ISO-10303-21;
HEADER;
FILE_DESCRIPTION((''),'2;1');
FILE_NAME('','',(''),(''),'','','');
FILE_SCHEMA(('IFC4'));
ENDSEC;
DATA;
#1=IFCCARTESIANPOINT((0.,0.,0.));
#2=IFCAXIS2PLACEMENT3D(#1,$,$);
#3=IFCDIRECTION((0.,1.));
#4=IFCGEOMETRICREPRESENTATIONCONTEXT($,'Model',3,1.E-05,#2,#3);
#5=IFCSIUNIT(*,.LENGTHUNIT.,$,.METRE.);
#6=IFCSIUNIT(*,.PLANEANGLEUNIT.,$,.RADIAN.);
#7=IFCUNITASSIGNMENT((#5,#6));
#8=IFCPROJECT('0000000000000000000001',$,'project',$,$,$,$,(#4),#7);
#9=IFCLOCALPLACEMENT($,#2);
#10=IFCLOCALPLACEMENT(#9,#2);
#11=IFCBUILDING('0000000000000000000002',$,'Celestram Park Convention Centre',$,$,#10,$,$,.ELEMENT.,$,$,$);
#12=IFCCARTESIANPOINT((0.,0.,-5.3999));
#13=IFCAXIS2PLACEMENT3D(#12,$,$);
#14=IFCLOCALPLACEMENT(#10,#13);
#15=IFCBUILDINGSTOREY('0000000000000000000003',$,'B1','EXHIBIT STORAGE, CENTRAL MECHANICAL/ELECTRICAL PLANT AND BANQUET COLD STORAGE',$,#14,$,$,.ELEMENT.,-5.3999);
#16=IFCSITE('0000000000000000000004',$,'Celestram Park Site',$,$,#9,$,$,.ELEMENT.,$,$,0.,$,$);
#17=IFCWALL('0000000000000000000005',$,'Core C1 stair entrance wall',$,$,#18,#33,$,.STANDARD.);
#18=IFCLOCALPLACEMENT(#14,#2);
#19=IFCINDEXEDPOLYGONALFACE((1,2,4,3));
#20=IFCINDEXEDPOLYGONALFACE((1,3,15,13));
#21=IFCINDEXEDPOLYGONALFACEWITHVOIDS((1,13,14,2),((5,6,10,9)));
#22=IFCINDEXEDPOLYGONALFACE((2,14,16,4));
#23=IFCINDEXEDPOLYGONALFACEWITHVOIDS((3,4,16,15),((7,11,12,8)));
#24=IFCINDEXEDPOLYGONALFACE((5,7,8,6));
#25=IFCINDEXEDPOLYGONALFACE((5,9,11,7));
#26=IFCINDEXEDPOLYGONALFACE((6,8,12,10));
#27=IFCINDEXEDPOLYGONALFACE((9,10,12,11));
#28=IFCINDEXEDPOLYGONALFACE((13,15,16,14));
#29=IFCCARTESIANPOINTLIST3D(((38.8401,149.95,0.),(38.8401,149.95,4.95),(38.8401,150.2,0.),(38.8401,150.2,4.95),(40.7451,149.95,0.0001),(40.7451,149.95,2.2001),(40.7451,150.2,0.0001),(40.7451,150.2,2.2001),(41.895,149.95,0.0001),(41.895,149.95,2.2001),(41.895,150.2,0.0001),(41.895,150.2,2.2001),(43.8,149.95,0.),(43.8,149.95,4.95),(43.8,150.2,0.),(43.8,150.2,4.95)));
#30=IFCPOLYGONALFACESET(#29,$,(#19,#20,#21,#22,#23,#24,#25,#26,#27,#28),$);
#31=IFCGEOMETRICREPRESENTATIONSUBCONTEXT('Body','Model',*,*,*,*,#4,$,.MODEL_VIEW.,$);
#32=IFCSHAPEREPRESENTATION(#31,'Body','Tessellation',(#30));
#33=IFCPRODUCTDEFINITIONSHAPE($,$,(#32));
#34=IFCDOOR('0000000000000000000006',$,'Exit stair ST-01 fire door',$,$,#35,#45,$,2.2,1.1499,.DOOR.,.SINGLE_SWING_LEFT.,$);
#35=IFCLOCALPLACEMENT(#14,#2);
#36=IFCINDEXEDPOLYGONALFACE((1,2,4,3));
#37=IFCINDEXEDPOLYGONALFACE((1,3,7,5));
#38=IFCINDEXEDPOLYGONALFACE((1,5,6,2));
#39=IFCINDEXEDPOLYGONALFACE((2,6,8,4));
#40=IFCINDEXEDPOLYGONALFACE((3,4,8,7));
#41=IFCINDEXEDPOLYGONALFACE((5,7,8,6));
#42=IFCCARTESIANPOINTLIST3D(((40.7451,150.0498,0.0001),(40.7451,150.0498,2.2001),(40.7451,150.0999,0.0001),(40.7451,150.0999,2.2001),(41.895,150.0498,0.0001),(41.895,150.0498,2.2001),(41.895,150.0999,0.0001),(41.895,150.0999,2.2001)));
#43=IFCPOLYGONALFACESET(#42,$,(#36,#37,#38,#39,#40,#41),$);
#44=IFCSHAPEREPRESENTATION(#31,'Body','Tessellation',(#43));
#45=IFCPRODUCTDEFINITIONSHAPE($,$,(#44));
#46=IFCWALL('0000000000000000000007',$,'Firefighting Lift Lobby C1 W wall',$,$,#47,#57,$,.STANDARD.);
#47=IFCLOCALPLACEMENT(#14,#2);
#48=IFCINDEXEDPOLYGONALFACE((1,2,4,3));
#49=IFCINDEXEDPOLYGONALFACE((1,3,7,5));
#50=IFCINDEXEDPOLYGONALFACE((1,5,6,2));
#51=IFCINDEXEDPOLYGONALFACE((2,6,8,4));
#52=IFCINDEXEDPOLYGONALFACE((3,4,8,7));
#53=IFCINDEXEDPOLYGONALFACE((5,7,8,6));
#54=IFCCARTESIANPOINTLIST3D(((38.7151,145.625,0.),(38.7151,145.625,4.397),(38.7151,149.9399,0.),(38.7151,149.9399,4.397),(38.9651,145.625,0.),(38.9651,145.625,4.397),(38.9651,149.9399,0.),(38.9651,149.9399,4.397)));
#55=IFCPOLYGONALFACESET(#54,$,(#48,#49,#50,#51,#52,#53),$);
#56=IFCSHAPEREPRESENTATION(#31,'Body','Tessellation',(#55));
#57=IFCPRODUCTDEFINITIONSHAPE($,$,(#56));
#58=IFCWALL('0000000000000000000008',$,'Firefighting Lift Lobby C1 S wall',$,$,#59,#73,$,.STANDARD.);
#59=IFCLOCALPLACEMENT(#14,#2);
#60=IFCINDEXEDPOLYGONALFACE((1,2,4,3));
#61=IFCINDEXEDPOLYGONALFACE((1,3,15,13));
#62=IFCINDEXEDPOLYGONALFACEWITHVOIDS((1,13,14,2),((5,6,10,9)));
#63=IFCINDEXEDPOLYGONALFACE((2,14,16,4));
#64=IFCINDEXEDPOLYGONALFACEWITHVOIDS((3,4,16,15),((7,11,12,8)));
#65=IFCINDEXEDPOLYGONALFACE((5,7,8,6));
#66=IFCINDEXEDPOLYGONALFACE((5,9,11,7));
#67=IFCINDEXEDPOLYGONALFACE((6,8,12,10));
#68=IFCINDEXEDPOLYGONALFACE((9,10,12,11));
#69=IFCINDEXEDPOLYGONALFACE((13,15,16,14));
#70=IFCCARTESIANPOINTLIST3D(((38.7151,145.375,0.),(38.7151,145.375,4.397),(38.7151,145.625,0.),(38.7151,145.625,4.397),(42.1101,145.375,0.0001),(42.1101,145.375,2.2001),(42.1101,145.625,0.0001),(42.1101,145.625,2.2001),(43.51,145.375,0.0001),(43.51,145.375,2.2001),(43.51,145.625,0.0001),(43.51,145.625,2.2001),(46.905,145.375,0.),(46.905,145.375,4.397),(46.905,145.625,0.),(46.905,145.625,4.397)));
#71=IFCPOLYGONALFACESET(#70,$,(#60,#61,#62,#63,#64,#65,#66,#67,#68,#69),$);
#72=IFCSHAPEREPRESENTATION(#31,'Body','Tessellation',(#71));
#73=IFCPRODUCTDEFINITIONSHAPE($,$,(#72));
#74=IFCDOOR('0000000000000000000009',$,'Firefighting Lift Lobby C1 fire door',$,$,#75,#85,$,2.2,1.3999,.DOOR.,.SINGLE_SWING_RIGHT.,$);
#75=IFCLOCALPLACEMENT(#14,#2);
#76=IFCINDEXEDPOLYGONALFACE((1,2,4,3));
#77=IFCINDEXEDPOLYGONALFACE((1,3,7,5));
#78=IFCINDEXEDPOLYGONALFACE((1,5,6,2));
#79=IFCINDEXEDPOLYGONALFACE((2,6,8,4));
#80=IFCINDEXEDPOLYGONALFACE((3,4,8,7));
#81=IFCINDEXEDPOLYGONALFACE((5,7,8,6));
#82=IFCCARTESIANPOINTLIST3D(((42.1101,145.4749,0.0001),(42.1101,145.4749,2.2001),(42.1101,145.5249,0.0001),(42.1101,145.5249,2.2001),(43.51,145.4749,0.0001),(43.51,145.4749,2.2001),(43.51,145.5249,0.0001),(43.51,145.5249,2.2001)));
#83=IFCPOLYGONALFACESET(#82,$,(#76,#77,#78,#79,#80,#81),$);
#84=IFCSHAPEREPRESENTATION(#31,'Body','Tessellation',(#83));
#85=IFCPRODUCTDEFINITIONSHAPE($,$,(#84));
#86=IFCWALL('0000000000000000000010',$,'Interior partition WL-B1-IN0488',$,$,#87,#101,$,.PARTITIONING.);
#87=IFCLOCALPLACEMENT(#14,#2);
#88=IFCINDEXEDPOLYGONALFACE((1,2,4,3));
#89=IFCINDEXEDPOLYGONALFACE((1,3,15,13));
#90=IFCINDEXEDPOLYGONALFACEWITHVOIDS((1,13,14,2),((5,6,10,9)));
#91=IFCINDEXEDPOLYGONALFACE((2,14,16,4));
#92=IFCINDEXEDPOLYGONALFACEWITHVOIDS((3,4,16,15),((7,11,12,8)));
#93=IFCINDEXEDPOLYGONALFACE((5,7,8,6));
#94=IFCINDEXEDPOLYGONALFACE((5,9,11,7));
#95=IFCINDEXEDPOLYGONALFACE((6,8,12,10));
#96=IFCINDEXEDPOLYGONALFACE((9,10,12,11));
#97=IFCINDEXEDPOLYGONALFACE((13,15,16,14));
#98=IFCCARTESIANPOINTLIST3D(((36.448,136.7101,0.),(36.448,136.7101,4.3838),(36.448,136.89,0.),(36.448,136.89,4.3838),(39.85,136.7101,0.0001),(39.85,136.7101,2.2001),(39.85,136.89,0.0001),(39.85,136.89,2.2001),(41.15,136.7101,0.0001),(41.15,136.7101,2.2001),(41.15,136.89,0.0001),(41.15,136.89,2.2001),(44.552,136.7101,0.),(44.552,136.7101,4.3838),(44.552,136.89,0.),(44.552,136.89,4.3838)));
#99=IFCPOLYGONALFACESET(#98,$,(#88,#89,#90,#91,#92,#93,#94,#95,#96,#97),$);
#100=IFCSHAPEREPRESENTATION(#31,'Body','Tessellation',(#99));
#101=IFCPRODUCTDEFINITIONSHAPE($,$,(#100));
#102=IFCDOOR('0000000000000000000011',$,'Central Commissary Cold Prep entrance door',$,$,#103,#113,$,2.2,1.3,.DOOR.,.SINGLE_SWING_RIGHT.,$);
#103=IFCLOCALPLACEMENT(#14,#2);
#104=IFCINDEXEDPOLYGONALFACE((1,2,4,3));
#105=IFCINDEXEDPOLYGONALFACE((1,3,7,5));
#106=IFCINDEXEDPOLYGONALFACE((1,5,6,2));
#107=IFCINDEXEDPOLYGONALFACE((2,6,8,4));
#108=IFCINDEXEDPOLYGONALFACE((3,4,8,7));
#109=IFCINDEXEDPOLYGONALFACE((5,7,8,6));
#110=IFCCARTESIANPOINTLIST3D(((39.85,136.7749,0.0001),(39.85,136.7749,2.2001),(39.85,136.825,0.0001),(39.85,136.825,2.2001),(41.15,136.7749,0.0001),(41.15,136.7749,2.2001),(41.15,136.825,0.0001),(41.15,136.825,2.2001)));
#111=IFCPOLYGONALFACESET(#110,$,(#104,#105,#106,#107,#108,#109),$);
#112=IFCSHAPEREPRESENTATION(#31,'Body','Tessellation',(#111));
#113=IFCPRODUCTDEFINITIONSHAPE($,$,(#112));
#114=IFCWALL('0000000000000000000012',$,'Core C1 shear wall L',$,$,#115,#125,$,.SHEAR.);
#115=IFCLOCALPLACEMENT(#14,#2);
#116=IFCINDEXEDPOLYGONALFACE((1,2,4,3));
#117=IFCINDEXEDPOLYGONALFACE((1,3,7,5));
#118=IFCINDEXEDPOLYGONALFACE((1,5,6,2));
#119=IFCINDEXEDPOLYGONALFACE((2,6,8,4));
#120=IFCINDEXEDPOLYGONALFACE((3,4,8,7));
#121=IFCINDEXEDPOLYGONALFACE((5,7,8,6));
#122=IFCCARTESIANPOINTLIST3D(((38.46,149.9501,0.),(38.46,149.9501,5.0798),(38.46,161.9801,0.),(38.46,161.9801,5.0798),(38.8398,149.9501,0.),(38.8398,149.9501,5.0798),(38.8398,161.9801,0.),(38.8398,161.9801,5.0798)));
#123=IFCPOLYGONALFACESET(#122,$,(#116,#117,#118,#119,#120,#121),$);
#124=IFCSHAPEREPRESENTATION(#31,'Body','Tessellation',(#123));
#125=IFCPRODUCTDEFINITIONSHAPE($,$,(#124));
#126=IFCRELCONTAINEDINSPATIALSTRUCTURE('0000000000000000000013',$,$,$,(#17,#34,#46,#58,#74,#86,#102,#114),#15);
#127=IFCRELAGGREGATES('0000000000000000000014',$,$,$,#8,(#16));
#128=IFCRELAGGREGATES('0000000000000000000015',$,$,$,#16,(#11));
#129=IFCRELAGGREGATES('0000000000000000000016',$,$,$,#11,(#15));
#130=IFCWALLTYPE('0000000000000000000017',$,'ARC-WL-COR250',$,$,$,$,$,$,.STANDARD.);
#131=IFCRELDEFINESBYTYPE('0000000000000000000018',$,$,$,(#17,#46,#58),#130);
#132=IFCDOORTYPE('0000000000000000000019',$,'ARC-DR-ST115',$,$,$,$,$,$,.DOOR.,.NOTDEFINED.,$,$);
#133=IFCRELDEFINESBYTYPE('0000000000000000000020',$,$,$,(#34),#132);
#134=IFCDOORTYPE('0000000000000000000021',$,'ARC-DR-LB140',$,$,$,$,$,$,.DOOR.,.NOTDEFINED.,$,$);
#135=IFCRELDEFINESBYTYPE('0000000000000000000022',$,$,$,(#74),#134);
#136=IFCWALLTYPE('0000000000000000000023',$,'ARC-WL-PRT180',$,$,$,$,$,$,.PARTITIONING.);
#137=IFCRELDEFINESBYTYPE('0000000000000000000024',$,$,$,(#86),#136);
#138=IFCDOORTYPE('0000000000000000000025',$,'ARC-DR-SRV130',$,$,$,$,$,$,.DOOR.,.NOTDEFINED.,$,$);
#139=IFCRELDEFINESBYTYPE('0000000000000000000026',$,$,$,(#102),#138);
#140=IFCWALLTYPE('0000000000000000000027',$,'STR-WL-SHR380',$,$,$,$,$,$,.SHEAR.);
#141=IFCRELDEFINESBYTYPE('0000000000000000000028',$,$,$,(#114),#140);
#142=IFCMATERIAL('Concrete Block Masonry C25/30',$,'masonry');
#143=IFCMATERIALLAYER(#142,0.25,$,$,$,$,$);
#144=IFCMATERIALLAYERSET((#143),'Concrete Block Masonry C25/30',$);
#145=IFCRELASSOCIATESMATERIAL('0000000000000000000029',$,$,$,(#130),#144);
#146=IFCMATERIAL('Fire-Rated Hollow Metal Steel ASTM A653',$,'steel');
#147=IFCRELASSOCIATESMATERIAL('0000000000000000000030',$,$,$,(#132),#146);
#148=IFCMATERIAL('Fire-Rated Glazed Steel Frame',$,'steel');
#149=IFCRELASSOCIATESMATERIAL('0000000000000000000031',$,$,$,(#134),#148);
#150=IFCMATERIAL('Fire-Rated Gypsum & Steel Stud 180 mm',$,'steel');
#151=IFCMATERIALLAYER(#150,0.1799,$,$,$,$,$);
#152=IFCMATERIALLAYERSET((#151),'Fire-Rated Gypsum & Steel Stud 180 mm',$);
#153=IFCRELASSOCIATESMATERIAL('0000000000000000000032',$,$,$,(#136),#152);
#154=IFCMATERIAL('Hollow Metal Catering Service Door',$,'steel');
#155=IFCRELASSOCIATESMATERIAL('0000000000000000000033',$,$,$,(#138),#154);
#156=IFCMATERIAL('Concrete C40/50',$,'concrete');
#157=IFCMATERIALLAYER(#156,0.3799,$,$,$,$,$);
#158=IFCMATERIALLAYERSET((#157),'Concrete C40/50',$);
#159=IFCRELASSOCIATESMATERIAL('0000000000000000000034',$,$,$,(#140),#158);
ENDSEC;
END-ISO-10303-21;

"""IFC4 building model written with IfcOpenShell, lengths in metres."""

from ifc_helpers import new_model, si_unit, direction, frame, frame_2d, origin, place, context, subcontext, project, spatial, rectangle, extrude, material, layer, layer_set, type_object, element, fill, save


model = new_model("IFC4")

# Units and contexts
model_context = context("Model", 3, precision=1e-05, world=origin(), true_north=direction((0.0, 1.0)))
body_context = subcontext(model_context, "Body", "Model", "MODEL_VIEW")
ifc_project = project(units=[si_unit("LENGTHUNIT", "METRE"), si_unit("PLANEANGLEUNIT", "RADIAN")], contexts=[model_context])

# Site, building, storey
site_placement = place(None, origin())
site = spatial("IfcSite", under=ifc_project, at=site_placement, Name="Celestram Park Site", CompositionType="ELEMENT", RefElevation=0.0)
building_placement = place(site_placement, origin())
building = spatial("IfcBuilding", under=site, at=building_placement, Name="Celestram Park Convention Centre", CompositionType="ELEMENT")
storey_placement = place(building_placement, frame((0.0, 0.0, -5.3999)))
storey = spatial("IfcBuildingStorey", under=building, at=storey_placement, Name="B1", Description="EXHIBIT STORAGE, CENTRAL MECHANICAL/ELECTRICAL PLANT AND BANQUET COLD STORAGE", CompositionType="ELEMENT", Elevation=-5.3999)

# Shared definitions
ifc_material_1 = material(Name="Concrete C40/50", Category="concrete")

# Wall, opening, door
ifc_material_2 = material(Name="Concrete Block Masonry C25/30", Category="masonry")
ifc_layer_1 = layer(ifc_material_2, 0.25)
ifc_layer_set_1 = layer_set([ifc_layer_1], Name="Concrete Block Masonry C25/30")
wall_type_1 = type_object("IfcWallType", Name="ARC-WL-COR250", PredefinedType="STANDARD", material=ifc_layer_set_1)
wall_1_placement = place(storey_placement, frame((38.8401, 150.075, 0.0), z_axis=(0.0, 0.0, 1.0), x_axis=(1.0, 0.0, 0.0)))
wall_1 = element("IfcWall", 1, at=wall_1_placement, inside=storey, type_object=wall_type_1, Name="Core C1 stair entrance wall", PredefinedType="STANDARD", context=body_context, shape_type="SweptSolid", body=[
    extrude(rectangle(XDim=4.96, YDim=0.25, at=frame_2d((2.48, 0.0))), origin(), (0.0, 0.0, 1.0), 4.95),
])
opening_1_placement = place(wall_1_placement, frame((1.905, 0.0, 0.0)))
opening_1 = element("IfcOpeningElement", 2, at=opening_1_placement, cuts=wall_1, PredefinedType="OPENING", context=body_context, shape_type="SweptSolid", body=[
    extrude(rectangle(XDim=1.1499, YDim=2.2, at=frame_2d((0.575, 1.1001))), frame((0.0, 0.135, 0.0), z_axis=(0.0, -1.0, 0.0), x_axis=(1.0, 0.0, 0.0)), (0.0, 0.0, 1.0), 0.27),
])
ifc_material_3 = material(Name="Fire-Rated Hollow Metal Steel ASTM A653", Category="steel")
door_type_1 = type_object("IfcDoorType", Name="ARC-DR-ST115", OperationType="NOTDEFINED", PredefinedType="DOOR", material=ifc_material_3)
door_1_placement = place(opening_1_placement, origin())
door_1 = element("IfcDoor", 3, at=door_1_placement, inside=storey, type_object=door_type_1, Name="Exit stair ST-01 fire door", OperationType="SINGLE_SWING_LEFT", OverallHeight=2.2, OverallWidth=1.1499, PredefinedType="DOOR", context=body_context, shape_type="SweptSolid", body=[
    extrude(rectangle(XDim=1.1499, YDim=2.2, at=frame_2d((0.575, 1.1001))), frame((0.0, 0.0249, 0.0), z_axis=(0.0, -1.0, 0.0), x_axis=(1.0, 0.0, 0.0)), (0.0, 0.0, 1.0), 0.05),
])
fill(opening_1, door_1)

# Wall
wall_2_placement = place(storey_placement, frame((38.8401, 149.9399, 0.0), z_axis=(0.0, 0.0, 1.0), x_axis=(0.0, -1.0, 0.0)))
element("IfcWall", 4, at=wall_2_placement, inside=storey, type_object=wall_type_1, Name="Firefighting Lift Lobby C1 W wall", PredefinedType="STANDARD", context=body_context, shape_type="SweptSolid", body=[
    extrude(rectangle(XDim=4.3149, YDim=0.25, at=frame_2d((2.1575, 0.0))), origin(), (0.0, 0.0, 1.0), 4.397),
])

# Walls, openings, doors
wall_3_placement = place(storey_placement, frame((38.7151, 145.5, 0.0), z_axis=(0.0, 0.0, 1.0), x_axis=(1.0, 0.0, 0.0)))
wall_3 = element("IfcWall", 5, at=wall_3_placement, inside=storey, type_object=wall_type_1, Name="Firefighting Lift Lobby C1 S wall", PredefinedType="STANDARD", context=body_context, shape_type="SweptSolid", body=[
    extrude(rectangle(XDim=8.1899, YDim=0.25, at=frame_2d((4.095, 0.0))), origin(), (0.0, 0.0, 1.0), 4.397),
])
opening_2_placement = place(wall_3_placement, frame((3.395, 0.0, 0.0)))
opening_2 = element("IfcOpeningElement", 6, at=opening_2_placement, cuts=wall_3, PredefinedType="OPENING", context=body_context, shape_type="SweptSolid", body=[
    extrude(rectangle(XDim=1.3999, YDim=2.2, at=frame_2d((0.7, 1.1001))), frame((0.0, 0.135, 0.0), z_axis=(0.0, -1.0, 0.0), x_axis=(1.0, 0.0, 0.0)), (0.0, 0.0, 1.0), 0.27),
])
ifc_material_4 = material(Name="Fire-Rated Glazed Steel Frame", Category="steel")
door_type_2 = type_object("IfcDoorType", Name="ARC-DR-LB140", OperationType="NOTDEFINED", PredefinedType="DOOR", material=ifc_material_4)
door_2_placement = place(opening_2_placement, origin())
door_2 = element("IfcDoor", 7, at=door_2_placement, inside=storey, type_object=door_type_2, Name="Firefighting Lift Lobby C1 fire door", OperationType="SINGLE_SWING_RIGHT", OverallHeight=2.2, OverallWidth=1.3999, PredefinedType="DOOR", context=body_context, shape_type="SweptSolid", body=[
    extrude(rectangle(XDim=1.3999, YDim=2.2, at=frame_2d((0.7, 1.1001))), frame((0.0, 0.0249, 0.0), z_axis=(0.0, -1.0, 0.0), x_axis=(1.0, 0.0, 0.0)), (0.0, 0.0, 1.0), 0.05),
])
fill(opening_2, door_2)
ifc_material_5 = material(Name="Fire-Rated Gypsum & Steel Stud 180 mm", Category="steel")
ifc_layer_2 = layer(ifc_material_5, 0.1799)
ifc_layer_set_2 = layer_set([ifc_layer_2], Name="Fire-Rated Gypsum & Steel Stud 180 mm")
wall_type_2 = type_object("IfcWallType", Name="ARC-WL-PRT180", PredefinedType="PARTITIONING", material=ifc_layer_set_2)
wall_4_placement = place(storey_placement, frame((36.448, 136.8, 0.0), z_axis=(0.0, 0.0, 1.0), x_axis=(1.0, 0.0, 0.0)))
wall_4 = element("IfcWall", 8, at=wall_4_placement, inside=storey, type_object=wall_type_2, Name="Interior partition WL-B1-IN0488", PredefinedType="PARTITIONING", context=body_context, shape_type="SweptSolid", body=[
    extrude(rectangle(XDim=8.104, YDim=0.1799, at=frame_2d((4.052, 0.0))), origin(), (0.0, 0.0, 1.0), 4.3838),
])
opening_3_placement = place(wall_4_placement, frame((3.4021, 0.0, 0.0)))
opening_3 = element("IfcOpeningElement", 9, at=opening_3_placement, cuts=wall_4, PredefinedType="OPENING", context=body_context, shape_type="SweptSolid", body=[
    extrude(rectangle(XDim=1.3, YDim=2.2, at=frame_2d((0.6499, 1.1001))), frame((0.0, 0.0999, 0.0), z_axis=(0.0, -1.0, 0.0), x_axis=(1.0, 0.0, 0.0)), (0.0, 0.0, 1.0), 0.2),
])
ifc_material_6 = material(Name="Hollow Metal Catering Service Door", Category="steel")
door_type_3 = type_object("IfcDoorType", Name="ARC-DR-SRV130", OperationType="NOTDEFINED", PredefinedType="DOOR", material=ifc_material_6)
door_3_placement = place(opening_3_placement, origin())
door_3 = element("IfcDoor", 10, at=door_3_placement, inside=storey, type_object=door_type_3, Name="Central Commissary Cold Prep entrance door", OperationType="SINGLE_SWING_RIGHT", OverallHeight=2.2, OverallWidth=1.3, PredefinedType="DOOR", context=body_context, shape_type="SweptSolid", body=[
    extrude(rectangle(XDim=1.3, YDim=2.2, at=frame_2d((0.6499, 1.1001))), frame((0.0, 0.0249, 0.0), z_axis=(0.0, -1.0, 0.0), x_axis=(1.0, 0.0, 0.0)), (0.0, 0.0, 1.0), 0.05),
])
fill(opening_3, door_3)

# Wall
ifc_layer_3 = layer(ifc_material_1, 0.3799)
ifc_layer_set_3 = layer_set([ifc_layer_3], Name="Concrete C40/50")
wall_type_3 = type_object("IfcWallType", Name="STR-WL-SHR380", PredefinedType="SHEAR", material=ifc_layer_set_3)
wall_5_placement = place(storey_placement, frame((38.6499, 149.95, 0.0), z_axis=(0.0, 0.0, 1.0), x_axis=(0.0, 1.0, 0.0)))
element("IfcWall", 11, at=wall_5_placement, inside=storey, type_object=wall_type_3, Name="Core C1 shear wall L", PredefinedType="SHEAR", context=body_context, shape_type="SweptSolid", body=[
    extrude(rectangle(XDim=12.03, YDim=0.3799, at=frame_2d((6.0151, 0.0))), origin(), (0.0, 0.0, 1.0), 5.0798),
])

save(model, "model.ifc")
